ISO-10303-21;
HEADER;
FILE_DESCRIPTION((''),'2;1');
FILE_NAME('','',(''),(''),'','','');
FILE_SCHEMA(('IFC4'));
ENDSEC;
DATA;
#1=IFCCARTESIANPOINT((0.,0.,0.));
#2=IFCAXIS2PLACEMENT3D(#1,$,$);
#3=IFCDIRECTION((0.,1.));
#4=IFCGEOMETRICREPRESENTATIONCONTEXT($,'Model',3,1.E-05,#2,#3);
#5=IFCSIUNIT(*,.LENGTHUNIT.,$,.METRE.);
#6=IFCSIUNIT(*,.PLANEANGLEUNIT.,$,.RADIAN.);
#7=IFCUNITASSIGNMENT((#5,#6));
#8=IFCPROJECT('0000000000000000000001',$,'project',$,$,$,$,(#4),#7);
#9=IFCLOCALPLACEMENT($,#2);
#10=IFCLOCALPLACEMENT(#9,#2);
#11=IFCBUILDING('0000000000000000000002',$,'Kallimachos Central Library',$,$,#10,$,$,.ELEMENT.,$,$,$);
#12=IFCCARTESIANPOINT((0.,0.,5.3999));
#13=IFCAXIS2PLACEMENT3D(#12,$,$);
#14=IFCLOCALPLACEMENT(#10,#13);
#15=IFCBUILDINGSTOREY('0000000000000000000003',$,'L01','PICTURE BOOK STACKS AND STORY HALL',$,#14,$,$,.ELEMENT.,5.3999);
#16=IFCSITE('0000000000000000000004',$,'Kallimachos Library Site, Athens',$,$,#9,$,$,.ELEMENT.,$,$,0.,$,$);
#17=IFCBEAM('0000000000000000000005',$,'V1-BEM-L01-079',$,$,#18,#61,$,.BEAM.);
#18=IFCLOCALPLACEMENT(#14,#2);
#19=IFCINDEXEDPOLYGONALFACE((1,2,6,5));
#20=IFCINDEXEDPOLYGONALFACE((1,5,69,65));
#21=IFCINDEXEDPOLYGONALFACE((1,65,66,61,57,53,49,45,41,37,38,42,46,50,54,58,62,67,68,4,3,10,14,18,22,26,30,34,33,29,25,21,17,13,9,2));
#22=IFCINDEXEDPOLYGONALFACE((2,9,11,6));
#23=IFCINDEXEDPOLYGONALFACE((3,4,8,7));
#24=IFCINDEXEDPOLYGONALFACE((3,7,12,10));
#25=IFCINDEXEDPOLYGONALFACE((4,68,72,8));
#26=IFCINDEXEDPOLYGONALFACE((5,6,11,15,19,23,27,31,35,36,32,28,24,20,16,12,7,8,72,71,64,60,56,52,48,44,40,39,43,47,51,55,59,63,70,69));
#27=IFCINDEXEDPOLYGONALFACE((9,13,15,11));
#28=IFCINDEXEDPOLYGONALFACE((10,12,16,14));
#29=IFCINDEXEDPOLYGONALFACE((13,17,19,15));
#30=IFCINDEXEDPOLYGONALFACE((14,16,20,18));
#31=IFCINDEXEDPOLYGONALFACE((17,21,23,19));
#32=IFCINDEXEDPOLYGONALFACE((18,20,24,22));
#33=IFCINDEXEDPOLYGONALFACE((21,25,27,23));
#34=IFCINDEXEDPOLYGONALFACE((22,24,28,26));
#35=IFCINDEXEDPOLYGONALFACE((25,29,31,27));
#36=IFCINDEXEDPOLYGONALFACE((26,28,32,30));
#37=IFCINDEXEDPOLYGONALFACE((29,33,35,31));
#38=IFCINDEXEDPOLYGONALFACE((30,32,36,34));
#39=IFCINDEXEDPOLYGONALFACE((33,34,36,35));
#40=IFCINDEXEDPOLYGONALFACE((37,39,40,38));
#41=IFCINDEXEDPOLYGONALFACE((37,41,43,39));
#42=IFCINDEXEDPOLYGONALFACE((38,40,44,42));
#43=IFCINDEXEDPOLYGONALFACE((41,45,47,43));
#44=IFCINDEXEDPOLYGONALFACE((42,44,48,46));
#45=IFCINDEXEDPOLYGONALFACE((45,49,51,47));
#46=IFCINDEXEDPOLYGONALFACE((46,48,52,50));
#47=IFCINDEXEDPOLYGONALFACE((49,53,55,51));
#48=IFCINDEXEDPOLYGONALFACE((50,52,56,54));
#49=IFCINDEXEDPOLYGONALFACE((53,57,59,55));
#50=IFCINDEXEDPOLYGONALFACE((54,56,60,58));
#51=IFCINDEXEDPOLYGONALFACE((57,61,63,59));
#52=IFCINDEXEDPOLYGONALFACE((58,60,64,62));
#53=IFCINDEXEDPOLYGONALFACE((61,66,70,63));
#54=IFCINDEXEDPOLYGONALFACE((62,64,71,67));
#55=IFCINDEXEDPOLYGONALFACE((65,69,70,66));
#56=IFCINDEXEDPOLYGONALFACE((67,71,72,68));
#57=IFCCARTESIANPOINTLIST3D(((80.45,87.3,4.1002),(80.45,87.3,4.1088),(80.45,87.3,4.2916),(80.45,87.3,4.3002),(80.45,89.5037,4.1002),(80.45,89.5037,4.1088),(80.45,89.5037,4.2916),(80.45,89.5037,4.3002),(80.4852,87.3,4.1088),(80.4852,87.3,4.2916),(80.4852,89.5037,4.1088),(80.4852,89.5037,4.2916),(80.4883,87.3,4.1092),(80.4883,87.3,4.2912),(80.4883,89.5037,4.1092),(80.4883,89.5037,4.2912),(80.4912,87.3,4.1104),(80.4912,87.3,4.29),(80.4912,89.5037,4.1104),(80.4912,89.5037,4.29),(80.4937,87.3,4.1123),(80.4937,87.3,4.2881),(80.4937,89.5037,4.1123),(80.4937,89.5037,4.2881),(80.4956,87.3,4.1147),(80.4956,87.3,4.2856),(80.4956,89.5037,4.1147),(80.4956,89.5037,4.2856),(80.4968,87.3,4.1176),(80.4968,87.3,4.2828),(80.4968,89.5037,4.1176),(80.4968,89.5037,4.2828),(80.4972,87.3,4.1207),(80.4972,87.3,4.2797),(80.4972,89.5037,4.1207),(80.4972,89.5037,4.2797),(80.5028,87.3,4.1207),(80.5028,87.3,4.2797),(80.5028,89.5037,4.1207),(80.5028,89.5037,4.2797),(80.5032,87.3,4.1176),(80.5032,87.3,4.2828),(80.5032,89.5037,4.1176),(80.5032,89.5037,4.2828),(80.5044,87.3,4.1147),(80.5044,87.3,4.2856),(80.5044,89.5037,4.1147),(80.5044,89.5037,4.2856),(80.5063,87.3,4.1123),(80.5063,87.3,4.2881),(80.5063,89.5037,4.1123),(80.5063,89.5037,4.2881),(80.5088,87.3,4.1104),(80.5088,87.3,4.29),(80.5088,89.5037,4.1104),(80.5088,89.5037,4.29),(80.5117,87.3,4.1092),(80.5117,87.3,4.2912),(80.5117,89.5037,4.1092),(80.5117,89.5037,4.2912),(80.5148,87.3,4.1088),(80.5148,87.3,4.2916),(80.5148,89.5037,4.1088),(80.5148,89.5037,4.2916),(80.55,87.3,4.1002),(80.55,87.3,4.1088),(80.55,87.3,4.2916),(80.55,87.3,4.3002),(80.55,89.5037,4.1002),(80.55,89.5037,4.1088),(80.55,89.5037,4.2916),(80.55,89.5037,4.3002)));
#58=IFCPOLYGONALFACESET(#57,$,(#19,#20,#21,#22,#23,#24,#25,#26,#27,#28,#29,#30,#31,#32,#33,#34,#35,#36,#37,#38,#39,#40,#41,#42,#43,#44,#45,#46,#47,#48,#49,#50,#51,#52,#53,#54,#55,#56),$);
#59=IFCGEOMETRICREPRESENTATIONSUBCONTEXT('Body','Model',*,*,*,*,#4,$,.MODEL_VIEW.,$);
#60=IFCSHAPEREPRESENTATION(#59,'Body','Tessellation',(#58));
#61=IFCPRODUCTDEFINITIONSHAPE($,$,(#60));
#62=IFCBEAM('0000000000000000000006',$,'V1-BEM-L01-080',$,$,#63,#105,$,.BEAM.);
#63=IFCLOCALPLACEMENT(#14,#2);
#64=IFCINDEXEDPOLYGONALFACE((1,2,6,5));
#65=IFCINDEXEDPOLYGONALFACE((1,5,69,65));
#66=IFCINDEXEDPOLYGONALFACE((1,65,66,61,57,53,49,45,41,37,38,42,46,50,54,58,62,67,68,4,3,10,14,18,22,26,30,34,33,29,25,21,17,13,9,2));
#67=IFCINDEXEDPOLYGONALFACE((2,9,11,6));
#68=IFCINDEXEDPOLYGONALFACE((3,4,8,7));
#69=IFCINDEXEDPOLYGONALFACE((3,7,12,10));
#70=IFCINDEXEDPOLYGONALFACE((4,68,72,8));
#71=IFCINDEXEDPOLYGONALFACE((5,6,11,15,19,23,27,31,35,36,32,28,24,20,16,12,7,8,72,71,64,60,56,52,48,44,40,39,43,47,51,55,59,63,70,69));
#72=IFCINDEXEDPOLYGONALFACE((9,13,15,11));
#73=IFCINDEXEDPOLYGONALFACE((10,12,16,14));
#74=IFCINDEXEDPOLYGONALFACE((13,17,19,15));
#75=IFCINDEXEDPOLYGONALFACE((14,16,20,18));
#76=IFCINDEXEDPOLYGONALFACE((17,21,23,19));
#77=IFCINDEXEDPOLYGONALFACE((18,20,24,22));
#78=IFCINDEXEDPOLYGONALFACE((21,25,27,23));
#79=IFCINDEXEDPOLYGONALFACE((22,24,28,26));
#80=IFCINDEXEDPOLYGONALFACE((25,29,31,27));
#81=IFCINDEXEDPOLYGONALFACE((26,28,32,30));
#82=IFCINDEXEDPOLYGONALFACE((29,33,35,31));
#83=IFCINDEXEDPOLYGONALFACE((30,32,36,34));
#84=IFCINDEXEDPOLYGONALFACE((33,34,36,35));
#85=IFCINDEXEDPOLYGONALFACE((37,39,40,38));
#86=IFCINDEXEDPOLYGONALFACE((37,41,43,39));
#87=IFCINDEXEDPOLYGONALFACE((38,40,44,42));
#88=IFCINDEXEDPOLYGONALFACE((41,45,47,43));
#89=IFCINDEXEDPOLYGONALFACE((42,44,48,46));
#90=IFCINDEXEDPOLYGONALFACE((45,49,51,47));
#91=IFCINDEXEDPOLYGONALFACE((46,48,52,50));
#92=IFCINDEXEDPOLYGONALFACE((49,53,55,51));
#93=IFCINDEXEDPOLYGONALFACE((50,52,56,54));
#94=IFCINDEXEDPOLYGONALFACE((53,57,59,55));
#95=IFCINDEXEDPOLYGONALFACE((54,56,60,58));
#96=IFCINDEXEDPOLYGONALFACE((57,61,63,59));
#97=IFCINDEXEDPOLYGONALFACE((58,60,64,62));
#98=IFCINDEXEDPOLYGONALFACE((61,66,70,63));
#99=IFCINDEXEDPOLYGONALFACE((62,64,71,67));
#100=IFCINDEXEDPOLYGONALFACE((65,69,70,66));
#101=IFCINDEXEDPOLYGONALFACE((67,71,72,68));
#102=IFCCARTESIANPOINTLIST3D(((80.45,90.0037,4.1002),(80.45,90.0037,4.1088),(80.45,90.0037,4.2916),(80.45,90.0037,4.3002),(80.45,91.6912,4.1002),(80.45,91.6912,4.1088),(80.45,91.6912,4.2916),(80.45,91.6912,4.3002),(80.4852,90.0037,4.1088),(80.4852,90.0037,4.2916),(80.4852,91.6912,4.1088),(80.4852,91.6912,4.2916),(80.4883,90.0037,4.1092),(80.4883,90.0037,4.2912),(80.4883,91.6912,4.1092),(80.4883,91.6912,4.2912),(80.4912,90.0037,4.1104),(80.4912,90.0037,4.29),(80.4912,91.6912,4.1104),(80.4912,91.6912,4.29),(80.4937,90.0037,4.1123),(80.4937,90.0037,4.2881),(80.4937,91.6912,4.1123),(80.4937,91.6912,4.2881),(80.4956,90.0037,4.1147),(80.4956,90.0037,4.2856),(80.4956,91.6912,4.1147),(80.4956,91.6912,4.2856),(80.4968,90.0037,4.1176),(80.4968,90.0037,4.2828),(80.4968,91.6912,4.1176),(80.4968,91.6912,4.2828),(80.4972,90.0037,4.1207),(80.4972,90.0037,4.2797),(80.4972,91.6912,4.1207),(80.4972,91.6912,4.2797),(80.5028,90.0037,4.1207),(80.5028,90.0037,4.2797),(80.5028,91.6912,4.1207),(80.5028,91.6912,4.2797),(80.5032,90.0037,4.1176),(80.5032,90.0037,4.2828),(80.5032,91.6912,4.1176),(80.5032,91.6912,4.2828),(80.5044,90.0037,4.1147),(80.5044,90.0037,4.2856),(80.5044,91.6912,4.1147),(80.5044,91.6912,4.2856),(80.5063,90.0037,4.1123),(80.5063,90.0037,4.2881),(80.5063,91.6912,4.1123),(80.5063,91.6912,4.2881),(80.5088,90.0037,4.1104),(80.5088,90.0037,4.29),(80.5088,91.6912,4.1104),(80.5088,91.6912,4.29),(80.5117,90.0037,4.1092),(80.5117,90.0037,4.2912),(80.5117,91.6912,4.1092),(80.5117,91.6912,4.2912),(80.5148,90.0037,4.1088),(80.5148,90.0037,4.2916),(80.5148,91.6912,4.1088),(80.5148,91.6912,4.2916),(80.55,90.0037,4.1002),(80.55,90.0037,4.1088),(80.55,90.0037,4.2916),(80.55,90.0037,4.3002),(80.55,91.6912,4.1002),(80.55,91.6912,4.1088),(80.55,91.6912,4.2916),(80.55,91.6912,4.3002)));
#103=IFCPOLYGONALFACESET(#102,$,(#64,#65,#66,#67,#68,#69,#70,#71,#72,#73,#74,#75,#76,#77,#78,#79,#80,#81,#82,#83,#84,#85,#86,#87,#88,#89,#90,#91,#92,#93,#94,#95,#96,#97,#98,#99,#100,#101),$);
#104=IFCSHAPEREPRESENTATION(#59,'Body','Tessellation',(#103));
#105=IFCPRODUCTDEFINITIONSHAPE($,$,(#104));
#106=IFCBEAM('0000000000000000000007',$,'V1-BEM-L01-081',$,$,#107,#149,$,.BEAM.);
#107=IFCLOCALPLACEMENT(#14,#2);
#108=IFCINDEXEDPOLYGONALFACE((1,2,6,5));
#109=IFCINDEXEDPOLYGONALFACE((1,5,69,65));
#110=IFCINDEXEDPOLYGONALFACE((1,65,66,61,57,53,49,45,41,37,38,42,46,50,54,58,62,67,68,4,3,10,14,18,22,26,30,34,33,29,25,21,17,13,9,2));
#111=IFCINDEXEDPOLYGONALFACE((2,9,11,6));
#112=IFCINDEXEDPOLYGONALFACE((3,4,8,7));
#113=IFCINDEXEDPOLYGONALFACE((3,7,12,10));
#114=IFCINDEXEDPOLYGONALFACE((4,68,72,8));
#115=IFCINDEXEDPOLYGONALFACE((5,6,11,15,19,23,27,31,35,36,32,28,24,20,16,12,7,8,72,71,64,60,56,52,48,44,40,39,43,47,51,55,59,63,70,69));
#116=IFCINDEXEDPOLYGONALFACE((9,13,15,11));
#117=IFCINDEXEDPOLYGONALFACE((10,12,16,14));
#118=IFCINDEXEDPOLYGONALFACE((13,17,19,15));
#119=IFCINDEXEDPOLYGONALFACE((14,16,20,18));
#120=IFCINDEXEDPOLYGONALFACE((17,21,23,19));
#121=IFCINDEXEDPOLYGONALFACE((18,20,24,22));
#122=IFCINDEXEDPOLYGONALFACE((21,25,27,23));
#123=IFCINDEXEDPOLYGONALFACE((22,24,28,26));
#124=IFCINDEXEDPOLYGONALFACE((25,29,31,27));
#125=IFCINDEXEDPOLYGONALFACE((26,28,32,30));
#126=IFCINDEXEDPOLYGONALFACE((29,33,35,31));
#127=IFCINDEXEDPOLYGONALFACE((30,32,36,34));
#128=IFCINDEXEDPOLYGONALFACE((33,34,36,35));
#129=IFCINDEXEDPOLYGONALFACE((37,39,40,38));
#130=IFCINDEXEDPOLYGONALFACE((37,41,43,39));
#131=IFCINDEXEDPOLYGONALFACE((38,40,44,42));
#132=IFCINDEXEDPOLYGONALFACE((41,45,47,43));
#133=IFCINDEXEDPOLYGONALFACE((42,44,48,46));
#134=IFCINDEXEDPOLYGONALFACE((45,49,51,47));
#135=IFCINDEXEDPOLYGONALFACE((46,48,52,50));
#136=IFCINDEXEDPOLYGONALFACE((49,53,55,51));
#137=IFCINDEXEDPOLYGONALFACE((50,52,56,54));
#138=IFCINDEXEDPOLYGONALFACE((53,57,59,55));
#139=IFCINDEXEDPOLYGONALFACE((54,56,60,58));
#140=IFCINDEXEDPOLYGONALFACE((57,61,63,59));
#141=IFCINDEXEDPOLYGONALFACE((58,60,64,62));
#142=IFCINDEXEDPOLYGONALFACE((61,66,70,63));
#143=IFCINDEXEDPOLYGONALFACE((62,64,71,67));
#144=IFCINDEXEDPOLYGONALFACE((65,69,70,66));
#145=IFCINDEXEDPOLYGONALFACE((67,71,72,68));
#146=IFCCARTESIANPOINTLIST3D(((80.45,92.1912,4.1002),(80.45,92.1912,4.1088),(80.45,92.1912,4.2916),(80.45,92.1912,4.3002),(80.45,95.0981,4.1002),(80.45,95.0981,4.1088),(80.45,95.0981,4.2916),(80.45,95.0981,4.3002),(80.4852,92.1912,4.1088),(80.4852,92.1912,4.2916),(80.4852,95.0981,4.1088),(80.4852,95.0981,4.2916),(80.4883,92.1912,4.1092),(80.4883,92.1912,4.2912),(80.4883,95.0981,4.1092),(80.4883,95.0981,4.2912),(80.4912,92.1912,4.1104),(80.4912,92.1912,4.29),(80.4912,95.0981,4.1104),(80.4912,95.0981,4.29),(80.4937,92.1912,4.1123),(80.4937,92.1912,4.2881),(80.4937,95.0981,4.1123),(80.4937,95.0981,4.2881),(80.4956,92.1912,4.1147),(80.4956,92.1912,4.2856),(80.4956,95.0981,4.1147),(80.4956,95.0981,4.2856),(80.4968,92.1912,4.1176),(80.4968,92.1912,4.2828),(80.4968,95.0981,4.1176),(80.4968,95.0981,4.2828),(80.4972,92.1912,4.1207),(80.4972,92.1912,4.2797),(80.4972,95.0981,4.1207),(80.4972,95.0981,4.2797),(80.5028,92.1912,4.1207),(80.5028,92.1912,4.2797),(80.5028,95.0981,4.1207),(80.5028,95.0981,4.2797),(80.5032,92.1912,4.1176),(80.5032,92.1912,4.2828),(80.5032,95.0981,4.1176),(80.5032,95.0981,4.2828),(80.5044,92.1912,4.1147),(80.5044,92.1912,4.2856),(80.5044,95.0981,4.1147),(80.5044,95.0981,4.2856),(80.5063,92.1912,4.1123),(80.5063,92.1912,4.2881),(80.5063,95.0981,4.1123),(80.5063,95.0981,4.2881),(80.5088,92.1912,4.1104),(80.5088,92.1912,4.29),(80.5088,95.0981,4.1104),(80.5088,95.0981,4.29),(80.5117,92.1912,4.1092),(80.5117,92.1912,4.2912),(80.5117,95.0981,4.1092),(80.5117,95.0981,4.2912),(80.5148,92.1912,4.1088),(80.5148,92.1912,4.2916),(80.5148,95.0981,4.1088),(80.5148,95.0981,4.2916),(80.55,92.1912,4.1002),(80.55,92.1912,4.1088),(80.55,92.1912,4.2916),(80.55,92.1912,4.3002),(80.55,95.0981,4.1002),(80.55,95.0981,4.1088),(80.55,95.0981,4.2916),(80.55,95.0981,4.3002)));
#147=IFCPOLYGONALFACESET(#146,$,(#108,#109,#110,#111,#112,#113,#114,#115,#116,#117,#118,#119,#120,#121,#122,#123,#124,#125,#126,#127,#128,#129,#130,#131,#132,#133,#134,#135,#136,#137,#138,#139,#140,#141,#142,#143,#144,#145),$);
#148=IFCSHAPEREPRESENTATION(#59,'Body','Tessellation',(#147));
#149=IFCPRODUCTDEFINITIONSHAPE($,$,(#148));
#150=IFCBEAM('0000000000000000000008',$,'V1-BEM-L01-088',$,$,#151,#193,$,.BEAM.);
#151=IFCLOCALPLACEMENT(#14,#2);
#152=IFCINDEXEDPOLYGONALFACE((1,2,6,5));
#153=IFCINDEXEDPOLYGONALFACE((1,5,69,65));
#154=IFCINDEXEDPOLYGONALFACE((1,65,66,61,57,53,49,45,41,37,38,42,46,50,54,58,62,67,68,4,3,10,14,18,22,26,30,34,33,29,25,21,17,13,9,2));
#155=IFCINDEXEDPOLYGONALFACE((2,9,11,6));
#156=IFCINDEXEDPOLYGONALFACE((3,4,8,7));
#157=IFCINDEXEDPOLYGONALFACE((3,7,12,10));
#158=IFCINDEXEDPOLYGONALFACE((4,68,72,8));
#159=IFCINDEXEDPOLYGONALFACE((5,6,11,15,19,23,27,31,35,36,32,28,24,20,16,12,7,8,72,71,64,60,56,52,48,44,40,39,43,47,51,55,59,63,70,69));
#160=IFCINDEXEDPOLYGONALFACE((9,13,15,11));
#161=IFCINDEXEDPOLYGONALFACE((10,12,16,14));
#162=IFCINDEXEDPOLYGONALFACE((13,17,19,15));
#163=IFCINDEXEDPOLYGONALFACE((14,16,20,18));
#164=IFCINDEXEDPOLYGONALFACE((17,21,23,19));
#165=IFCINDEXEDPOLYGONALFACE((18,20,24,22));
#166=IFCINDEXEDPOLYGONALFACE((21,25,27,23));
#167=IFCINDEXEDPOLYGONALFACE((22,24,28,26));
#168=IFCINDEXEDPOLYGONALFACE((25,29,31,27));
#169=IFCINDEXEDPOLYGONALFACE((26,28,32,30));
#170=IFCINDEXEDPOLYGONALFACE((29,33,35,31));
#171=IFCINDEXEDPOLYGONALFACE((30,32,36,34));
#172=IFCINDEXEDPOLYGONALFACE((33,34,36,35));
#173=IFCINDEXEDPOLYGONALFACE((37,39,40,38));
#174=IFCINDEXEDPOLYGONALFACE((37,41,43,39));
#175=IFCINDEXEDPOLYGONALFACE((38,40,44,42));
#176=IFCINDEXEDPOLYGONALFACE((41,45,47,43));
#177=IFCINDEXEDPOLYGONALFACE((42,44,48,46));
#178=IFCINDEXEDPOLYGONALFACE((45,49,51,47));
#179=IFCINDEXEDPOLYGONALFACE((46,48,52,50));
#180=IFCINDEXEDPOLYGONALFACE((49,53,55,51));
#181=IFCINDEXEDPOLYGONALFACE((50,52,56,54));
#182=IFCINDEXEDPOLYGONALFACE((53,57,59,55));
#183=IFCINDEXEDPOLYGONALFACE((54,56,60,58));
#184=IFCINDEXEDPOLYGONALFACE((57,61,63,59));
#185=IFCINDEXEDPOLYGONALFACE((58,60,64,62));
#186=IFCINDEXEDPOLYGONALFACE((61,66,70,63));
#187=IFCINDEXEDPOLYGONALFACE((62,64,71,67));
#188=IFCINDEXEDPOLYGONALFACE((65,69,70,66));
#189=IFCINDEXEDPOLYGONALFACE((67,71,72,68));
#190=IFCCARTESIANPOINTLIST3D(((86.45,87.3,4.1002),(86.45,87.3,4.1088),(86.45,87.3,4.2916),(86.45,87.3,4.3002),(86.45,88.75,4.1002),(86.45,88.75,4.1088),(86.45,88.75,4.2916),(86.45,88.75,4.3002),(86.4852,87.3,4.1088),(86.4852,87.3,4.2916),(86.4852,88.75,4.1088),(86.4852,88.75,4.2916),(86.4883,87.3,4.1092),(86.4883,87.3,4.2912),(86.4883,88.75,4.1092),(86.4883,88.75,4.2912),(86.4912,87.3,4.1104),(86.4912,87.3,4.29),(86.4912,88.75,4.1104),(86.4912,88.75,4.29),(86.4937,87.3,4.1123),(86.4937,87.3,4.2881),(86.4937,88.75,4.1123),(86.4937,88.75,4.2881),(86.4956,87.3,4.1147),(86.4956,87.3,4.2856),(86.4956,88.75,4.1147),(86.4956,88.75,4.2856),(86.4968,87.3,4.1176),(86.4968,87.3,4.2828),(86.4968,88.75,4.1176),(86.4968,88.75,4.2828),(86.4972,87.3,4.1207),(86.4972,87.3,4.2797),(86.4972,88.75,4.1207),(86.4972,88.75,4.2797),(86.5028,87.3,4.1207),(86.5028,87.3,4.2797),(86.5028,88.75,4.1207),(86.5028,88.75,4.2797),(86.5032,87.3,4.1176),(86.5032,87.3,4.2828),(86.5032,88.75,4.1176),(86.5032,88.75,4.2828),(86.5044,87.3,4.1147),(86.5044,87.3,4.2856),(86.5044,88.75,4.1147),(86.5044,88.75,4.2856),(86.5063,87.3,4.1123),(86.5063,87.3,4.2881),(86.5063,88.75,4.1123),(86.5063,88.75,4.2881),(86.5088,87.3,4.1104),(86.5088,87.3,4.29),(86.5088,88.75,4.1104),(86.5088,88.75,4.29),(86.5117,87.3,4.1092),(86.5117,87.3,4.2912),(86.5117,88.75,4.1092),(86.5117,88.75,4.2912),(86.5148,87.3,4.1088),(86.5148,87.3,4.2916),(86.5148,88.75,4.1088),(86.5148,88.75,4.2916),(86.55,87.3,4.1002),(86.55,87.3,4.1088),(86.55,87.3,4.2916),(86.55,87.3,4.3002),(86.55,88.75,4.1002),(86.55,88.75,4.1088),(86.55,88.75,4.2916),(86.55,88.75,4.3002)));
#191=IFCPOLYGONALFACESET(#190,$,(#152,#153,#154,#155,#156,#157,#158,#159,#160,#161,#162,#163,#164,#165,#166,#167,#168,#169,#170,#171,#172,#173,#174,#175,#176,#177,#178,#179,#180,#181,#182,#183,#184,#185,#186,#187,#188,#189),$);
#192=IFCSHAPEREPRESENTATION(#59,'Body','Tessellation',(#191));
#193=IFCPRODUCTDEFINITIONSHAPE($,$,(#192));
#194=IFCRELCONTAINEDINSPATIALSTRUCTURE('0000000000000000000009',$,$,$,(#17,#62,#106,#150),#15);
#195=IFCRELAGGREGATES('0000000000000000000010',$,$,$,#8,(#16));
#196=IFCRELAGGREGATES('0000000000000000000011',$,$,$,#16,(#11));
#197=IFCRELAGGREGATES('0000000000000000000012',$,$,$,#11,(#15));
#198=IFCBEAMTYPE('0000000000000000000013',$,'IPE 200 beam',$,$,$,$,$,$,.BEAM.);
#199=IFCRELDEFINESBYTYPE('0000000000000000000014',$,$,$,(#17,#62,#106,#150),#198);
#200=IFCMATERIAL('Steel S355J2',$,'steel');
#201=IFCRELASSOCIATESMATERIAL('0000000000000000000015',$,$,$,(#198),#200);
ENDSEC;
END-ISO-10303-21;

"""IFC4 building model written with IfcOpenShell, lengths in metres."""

from ifc_helpers import new_model, si_unit, direction, frame, origin, origin_2d, place, context, subcontext, project, spatial, i_section, extrude, material, material_profile, profile_set, type_object, element, save


model = new_model("IFC4")

# Units and contexts
model_context = context("Model", 3, precision=1e-05, world=origin(), true_north=direction((0.0, 1.0)))
body_context = subcontext(model_context, "Body", "Model", "MODEL_VIEW")
ifc_project = project(units=[si_unit("LENGTHUNIT", "METRE"), si_unit("PLANEANGLEUNIT", "RADIAN")], contexts=[model_context])

# Site, building, storey
site_placement = place(None, origin())
site = spatial("IfcSite", under=ifc_project, at=site_placement, Name="Kallimachos Library Site, Athens", CompositionType="ELEMENT", RefElevation=0.0)
building_placement = place(site_placement, origin())
building = spatial("IfcBuilding", under=site, at=building_placement, Name="Kallimachos Central Library", CompositionType="ELEMENT")
storey_placement = place(building_placement, frame((0.0, 0.0, 5.3999)))
storey = spatial("IfcBuildingStorey", under=building, at=storey_placement, Name="L01", Description="PICTURE BOOK STACKS AND STORY HALL", CompositionType="ELEMENT", Elevation=5.3999)

# Beams
ifc_material_1 = material(Name="Steel S355J2", Category="steel")
ifc_material_profile_1 = material_profile(ifc_material_1, i_section(OverallWidth=0.1001, OverallDepth=0.2, WebThickness=0.0056, FlangeThickness=0.0085, FilletRadius=0.012, at=origin_2d()), Name="IPE 200")
ifc_profile_set_1 = profile_set([ifc_material_profile_1], Name="Steel S355J2")
beam_type_1 = type_object("IfcBeamType", Name="IPE 200 beam", PredefinedType="BEAM", material=ifc_profile_set_1)
beam_1_placement = place(storey_placement, frame((80.5, 87.3, 4.2002), z_axis=(0.0, 1.0, 0.0), x_axis=(-1.0, 0.0, 0.0)))
element("IfcBeam", 1, at=beam_1_placement, inside=storey, type_object=beam_type_1, Name="V1-BEM-L01-079", PredefinedType="BEAM", context=body_context, shape_type="SweptSolid", body=[
    extrude(i_section(OverallWidth=0.1001, OverallDepth=0.2, WebThickness=0.0056, FlangeThickness=0.0085, FilletRadius=0.012, at=origin_2d()), origin(), (0.0, 0.0, 1.0), 2.2036),
])
beam_2_placement = place(storey_placement, frame((80.5, 90.0037, 4.2002), z_axis=(0.0, 1.0, 0.0), x_axis=(-1.0, 0.0, 0.0)))
element("IfcBeam", 2, at=beam_2_placement, inside=storey, type_object=beam_type_1, Name="V1-BEM-L01-080", PredefinedType="BEAM", context=body_context, shape_type="SweptSolid", body=[
    extrude(i_section(OverallWidth=0.1001, OverallDepth=0.2, WebThickness=0.0056, FlangeThickness=0.0085, FilletRadius=0.012, at=origin_2d()), origin(), (0.0, 0.0, 1.0), 1.6875),
])
beam_3_placement = place(storey_placement, frame((80.5, 92.1912, 4.2002), z_axis=(0.0, 1.0, 0.0), x_axis=(-1.0, 0.0, 0.0)))
element("IfcBeam", 3, at=beam_3_placement, inside=storey, type_object=beam_type_1, Name="V1-BEM-L01-081", PredefinedType="BEAM", context=body_context, shape_type="SweptSolid", body=[
    extrude(i_section(OverallWidth=0.1001, OverallDepth=0.2, WebThickness=0.0056, FlangeThickness=0.0085, FilletRadius=0.012, at=origin_2d()), origin(), (0.0, 0.0, 1.0), 2.907),
])
for number, where, z_axis, x_axis, name in (
    (4, (86.5, 87.3, 4.2002), (0.0, 1.0, 0.0), (-1.0, 0.0, 0.0), "V1-BEM-L01-088"),
):
    element("IfcBeam", number, at=place(storey_placement, frame(where, z_axis=z_axis, x_axis=x_axis)), inside=storey, type_object=beam_type_1, Name=name, PredefinedType="BEAM", context=body_context, shape_type="SweptSolid", body=[
        extrude(i_section(OverallWidth=0.1001, OverallDepth=0.2, WebThickness=0.0056, FlangeThickness=0.0085, FilletRadius=0.012, at=origin_2d()), origin(), (0.0, 0.0, 1.0), 1.45),
    ])

save(model, "model.ifc")
